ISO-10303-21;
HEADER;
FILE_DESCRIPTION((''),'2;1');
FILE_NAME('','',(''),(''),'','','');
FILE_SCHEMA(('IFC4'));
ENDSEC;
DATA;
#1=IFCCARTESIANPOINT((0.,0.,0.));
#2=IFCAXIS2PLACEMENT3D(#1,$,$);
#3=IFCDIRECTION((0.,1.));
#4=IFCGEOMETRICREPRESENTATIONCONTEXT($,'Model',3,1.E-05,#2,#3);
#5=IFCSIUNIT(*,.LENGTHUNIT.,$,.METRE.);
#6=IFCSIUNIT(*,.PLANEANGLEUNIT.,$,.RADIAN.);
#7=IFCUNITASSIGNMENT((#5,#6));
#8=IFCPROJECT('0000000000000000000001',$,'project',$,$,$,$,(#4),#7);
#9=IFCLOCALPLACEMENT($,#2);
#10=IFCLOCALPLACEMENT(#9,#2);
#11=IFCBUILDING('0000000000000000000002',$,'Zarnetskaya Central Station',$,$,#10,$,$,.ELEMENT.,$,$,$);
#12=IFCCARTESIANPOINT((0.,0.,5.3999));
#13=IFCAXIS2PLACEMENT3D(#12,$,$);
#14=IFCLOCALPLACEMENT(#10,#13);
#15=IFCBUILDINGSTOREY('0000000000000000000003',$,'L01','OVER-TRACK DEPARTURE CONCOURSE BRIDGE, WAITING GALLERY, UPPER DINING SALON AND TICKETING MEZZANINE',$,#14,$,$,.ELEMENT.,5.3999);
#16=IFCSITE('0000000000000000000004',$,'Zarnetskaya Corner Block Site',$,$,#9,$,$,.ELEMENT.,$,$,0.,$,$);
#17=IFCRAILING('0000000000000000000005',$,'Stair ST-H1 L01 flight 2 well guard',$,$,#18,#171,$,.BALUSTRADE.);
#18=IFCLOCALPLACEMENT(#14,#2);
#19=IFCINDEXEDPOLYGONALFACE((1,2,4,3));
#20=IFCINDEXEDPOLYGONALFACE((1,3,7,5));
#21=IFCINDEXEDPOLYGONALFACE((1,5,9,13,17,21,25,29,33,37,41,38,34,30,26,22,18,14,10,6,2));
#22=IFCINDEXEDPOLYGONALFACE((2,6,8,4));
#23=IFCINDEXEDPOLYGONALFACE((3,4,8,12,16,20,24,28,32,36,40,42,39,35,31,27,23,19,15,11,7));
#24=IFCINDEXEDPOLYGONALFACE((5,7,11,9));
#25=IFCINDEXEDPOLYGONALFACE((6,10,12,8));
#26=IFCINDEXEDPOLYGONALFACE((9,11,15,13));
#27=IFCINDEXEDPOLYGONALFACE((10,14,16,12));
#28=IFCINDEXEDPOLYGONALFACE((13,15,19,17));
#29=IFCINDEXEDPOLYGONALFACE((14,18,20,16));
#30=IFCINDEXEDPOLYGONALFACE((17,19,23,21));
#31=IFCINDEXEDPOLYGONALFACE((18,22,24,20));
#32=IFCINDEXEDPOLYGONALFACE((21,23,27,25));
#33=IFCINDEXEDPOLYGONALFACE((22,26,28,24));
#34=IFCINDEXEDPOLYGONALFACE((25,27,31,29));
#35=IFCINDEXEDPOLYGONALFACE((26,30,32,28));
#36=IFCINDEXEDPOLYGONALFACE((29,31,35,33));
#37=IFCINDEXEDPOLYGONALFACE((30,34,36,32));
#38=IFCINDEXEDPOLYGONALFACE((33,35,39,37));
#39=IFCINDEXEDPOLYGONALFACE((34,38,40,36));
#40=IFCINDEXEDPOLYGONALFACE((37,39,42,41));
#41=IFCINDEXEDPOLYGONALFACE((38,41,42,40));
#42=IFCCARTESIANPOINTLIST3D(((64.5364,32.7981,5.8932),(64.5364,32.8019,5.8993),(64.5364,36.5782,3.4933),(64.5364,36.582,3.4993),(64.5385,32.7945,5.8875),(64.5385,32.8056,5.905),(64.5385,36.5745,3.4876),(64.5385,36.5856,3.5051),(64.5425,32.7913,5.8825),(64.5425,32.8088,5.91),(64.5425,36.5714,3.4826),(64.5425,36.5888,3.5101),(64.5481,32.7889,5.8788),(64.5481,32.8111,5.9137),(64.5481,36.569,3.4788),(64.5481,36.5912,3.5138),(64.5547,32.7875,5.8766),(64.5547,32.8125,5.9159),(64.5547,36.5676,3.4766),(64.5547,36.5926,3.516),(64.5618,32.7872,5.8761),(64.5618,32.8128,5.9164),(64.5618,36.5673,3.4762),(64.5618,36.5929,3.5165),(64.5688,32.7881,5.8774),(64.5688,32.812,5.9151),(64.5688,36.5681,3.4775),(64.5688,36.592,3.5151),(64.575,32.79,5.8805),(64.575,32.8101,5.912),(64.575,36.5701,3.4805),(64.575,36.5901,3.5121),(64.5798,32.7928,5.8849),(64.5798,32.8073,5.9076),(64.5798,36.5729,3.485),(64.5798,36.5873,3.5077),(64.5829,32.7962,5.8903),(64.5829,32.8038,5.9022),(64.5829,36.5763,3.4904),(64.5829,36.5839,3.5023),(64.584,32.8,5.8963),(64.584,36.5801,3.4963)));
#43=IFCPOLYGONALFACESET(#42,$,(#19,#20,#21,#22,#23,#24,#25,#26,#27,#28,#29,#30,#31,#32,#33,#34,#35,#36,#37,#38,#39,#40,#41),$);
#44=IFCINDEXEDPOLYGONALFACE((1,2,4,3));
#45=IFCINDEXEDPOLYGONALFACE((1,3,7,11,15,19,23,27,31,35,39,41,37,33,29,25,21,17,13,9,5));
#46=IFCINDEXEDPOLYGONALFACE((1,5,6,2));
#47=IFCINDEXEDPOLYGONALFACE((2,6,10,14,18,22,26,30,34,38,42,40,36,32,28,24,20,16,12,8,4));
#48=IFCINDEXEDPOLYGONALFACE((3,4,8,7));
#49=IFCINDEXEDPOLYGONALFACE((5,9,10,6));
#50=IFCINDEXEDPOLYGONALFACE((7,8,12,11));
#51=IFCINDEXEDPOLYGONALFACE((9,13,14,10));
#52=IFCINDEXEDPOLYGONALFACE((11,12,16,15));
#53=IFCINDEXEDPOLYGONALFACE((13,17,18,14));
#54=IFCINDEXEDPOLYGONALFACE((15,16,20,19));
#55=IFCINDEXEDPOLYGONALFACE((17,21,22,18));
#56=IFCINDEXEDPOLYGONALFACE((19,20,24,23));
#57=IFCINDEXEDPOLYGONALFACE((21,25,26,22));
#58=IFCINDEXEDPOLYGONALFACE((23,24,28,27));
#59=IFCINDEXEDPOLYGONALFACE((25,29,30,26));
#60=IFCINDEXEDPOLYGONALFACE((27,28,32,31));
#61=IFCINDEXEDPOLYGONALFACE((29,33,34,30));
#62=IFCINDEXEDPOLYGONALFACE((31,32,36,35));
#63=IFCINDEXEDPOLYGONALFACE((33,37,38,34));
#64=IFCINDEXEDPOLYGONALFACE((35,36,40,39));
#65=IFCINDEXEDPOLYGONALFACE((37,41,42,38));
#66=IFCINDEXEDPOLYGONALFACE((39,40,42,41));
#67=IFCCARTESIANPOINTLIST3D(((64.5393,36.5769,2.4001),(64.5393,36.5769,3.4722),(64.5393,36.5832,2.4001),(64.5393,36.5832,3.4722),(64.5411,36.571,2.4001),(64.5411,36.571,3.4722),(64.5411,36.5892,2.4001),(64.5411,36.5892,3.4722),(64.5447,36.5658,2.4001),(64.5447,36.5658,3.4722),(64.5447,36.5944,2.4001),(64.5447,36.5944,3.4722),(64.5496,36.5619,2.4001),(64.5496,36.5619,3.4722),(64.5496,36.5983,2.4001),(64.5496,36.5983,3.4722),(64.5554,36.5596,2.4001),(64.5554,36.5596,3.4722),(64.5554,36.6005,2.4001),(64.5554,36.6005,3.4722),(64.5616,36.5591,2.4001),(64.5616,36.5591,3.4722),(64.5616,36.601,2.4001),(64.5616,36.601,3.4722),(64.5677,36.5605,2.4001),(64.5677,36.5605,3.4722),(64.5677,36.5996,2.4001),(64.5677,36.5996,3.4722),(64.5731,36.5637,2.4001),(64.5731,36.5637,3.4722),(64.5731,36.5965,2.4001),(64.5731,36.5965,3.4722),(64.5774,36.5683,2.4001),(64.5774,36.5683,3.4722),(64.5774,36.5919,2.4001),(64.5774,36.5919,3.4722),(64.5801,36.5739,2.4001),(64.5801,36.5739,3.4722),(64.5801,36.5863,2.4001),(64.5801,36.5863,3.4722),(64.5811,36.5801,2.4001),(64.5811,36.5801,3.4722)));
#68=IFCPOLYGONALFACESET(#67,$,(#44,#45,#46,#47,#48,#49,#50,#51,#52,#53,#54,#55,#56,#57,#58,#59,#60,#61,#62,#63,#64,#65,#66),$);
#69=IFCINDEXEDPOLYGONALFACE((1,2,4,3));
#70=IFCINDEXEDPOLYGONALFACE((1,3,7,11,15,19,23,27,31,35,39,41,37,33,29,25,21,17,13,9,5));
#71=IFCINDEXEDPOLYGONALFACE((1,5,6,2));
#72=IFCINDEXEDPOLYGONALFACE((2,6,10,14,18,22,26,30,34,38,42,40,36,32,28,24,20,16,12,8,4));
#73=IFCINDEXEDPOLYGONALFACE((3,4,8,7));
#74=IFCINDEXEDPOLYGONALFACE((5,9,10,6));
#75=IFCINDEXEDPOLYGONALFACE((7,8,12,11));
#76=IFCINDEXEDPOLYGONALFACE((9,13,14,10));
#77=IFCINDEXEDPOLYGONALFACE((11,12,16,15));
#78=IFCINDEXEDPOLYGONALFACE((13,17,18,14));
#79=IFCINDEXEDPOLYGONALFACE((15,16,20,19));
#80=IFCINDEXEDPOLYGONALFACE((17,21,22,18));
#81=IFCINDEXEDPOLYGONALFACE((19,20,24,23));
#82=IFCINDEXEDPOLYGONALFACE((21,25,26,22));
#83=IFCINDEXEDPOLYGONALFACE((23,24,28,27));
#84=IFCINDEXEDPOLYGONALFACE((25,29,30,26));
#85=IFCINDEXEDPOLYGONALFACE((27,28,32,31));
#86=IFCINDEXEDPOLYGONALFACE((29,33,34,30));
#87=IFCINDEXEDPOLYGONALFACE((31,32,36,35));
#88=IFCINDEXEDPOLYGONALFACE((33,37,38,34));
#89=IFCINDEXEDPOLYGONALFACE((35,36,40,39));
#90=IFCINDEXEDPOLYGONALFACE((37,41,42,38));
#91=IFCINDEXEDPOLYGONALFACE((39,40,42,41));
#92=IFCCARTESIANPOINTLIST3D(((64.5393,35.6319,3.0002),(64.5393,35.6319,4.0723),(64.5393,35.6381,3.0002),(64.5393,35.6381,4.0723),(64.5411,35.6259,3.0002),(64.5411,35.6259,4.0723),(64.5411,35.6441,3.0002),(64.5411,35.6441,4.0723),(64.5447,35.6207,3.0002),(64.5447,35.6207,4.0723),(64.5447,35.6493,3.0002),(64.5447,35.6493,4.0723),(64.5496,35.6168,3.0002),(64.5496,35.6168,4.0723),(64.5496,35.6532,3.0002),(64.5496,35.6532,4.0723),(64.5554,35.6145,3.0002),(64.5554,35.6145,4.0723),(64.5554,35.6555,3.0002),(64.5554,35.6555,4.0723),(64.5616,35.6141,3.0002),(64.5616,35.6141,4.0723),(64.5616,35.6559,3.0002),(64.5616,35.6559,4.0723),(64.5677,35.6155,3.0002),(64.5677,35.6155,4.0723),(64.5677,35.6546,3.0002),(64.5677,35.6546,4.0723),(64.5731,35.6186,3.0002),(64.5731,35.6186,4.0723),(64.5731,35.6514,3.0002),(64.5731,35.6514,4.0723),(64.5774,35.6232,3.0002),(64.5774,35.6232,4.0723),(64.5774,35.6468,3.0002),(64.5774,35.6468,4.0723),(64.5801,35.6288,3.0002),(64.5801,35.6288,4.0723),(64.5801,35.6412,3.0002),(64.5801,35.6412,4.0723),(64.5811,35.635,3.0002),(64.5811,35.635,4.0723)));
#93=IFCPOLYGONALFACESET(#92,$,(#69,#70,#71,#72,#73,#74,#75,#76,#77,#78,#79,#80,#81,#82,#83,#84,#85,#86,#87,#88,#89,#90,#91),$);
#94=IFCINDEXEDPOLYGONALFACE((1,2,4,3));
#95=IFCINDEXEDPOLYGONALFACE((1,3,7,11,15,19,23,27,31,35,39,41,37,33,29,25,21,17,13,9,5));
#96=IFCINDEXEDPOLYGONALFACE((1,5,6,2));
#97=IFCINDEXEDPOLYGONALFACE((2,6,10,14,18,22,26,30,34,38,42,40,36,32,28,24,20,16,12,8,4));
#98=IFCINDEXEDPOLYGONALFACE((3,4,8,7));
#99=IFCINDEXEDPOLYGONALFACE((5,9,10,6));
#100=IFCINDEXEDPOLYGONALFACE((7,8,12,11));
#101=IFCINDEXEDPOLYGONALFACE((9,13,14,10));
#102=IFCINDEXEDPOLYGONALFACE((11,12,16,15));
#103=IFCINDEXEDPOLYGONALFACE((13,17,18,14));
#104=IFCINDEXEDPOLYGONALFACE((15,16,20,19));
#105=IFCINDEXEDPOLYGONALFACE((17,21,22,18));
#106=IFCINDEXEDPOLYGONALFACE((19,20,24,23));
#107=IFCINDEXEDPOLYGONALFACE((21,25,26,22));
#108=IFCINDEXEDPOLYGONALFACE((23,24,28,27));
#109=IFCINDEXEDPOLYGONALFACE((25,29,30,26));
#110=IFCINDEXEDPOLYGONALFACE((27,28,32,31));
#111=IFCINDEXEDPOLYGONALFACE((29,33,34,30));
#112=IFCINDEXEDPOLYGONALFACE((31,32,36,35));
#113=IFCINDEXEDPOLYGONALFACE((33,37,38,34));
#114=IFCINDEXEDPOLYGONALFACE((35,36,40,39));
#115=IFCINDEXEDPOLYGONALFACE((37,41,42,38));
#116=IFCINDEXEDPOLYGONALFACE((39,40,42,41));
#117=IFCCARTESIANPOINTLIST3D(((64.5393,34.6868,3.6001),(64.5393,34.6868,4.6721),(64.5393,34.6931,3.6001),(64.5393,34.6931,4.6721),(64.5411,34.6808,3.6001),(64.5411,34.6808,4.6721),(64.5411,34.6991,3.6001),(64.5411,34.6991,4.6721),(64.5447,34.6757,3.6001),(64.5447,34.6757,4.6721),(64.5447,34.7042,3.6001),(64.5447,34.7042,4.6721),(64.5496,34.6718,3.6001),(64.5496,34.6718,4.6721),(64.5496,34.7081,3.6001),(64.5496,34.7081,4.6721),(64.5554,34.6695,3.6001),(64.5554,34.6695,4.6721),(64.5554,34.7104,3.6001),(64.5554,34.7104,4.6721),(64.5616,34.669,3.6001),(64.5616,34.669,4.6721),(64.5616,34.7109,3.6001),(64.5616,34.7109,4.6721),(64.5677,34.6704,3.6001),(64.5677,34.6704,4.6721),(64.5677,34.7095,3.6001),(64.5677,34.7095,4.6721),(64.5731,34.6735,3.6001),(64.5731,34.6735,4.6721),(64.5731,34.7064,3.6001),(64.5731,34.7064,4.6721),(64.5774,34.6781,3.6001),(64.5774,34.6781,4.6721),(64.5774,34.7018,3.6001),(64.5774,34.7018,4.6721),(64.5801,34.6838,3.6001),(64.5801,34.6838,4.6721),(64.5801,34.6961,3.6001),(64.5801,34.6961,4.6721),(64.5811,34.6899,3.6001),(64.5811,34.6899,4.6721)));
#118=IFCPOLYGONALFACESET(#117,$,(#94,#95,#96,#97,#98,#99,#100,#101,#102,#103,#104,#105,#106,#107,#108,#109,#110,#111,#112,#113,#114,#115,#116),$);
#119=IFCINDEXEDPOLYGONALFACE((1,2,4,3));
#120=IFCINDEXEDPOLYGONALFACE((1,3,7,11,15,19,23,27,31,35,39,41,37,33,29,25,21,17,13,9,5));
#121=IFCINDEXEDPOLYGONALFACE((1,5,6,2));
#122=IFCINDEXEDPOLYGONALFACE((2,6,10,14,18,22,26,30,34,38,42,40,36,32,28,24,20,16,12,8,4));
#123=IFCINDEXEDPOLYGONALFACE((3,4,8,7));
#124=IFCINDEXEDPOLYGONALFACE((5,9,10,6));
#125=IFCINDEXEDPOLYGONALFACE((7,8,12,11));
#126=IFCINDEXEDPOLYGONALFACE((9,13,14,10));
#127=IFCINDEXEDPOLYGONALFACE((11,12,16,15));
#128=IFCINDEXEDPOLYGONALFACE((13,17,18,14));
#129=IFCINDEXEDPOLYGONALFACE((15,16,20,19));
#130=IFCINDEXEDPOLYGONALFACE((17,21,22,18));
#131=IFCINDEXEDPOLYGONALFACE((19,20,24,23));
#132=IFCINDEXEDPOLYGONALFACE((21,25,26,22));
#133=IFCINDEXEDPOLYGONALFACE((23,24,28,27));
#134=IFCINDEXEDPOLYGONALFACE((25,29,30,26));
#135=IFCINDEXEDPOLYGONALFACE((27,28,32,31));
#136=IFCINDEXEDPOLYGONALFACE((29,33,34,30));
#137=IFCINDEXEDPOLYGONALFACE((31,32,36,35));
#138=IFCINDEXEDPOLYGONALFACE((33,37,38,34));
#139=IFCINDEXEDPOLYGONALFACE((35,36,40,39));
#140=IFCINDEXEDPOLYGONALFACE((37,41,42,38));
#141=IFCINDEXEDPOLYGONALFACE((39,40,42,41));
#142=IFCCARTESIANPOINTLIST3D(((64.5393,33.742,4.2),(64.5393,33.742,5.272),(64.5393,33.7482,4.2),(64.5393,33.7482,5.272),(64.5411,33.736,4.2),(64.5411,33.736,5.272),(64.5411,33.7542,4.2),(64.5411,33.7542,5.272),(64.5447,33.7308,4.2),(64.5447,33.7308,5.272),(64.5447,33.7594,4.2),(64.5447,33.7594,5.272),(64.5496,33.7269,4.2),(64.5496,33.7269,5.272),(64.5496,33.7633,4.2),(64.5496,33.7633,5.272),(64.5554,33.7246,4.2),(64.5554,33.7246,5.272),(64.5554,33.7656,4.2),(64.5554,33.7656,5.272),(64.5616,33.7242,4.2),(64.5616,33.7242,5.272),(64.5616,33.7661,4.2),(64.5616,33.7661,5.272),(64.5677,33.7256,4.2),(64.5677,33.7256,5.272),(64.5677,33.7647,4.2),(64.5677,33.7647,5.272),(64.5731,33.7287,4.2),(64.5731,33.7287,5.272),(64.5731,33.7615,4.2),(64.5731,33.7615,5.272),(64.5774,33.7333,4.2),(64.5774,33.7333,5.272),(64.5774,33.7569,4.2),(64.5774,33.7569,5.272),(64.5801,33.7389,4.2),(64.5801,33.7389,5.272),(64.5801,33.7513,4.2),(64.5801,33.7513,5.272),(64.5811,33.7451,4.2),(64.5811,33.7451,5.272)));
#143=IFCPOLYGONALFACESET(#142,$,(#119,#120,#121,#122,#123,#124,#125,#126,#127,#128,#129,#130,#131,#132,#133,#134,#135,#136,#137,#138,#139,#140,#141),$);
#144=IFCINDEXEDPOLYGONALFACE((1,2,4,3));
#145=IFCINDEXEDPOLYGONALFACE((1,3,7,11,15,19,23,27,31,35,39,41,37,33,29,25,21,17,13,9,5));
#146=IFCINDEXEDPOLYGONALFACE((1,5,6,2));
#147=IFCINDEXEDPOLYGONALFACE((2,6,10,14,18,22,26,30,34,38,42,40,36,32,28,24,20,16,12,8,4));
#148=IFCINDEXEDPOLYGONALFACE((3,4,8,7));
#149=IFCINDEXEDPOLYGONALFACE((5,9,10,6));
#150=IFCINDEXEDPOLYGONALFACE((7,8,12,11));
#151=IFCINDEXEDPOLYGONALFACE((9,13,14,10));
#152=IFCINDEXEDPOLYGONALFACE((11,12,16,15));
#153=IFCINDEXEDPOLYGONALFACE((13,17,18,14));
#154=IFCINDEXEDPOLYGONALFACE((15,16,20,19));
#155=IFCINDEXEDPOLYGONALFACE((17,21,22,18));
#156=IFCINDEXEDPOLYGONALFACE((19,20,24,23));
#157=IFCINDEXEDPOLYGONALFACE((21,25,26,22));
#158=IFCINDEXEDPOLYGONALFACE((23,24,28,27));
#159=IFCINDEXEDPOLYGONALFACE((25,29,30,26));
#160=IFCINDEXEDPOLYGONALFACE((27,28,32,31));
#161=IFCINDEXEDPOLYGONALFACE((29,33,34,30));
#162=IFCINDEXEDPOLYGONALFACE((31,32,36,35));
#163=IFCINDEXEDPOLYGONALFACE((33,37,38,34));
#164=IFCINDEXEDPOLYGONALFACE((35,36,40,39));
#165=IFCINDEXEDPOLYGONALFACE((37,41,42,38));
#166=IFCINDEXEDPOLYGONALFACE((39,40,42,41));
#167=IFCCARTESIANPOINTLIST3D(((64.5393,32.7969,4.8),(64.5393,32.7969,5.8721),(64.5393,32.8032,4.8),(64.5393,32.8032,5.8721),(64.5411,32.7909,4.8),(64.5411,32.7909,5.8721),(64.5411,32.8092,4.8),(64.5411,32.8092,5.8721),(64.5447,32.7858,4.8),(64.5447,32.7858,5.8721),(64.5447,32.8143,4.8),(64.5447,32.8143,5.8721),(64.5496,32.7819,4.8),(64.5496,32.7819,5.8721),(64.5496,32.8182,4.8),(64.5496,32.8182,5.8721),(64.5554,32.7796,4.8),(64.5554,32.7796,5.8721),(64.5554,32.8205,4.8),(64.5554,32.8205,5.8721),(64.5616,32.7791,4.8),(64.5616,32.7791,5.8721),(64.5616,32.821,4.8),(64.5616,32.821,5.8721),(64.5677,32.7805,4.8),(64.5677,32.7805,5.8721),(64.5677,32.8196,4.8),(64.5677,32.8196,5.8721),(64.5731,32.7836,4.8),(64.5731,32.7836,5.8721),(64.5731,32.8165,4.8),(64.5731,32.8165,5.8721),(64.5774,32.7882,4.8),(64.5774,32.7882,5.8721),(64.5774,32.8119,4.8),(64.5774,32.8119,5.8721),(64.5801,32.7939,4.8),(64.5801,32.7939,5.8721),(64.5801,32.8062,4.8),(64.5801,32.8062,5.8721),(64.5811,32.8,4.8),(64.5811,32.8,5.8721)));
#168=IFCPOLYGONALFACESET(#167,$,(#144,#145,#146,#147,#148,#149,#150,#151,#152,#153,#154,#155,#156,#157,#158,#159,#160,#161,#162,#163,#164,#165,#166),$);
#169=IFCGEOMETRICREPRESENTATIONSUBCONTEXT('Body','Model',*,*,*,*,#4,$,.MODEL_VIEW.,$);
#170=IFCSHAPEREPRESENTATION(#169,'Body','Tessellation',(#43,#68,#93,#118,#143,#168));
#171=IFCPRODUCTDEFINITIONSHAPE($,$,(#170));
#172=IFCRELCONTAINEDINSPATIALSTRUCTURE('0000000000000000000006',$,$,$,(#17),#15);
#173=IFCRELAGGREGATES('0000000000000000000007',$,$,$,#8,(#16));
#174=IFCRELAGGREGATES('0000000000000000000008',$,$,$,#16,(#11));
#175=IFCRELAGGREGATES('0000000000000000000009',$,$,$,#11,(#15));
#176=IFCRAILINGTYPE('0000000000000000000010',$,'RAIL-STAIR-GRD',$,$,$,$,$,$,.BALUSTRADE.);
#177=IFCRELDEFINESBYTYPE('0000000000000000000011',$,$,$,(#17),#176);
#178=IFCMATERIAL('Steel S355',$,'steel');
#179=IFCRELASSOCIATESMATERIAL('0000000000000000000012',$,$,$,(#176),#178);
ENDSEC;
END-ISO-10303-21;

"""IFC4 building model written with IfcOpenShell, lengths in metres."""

from ifc_helpers import new_model, si_unit, direction, frame, origin, origin_2d, place, context, subcontext, project, spatial, circle, extrude, material, type_object, element, save


model = new_model("IFC4")

# Units and contexts
model_context = context("Model", 3, precision=1e-05, world=origin(), true_north=direction((0.0, 1.0)))
body_context = subcontext(model_context, "Body", "Model", "MODEL_VIEW")
ifc_project = project(units=[si_unit("LENGTHUNIT", "METRE"), si_unit("PLANEANGLEUNIT", "RADIAN")], contexts=[model_context])

# Site, building, storey
site_placement = place(None, origin())
site = spatial("IfcSite", under=ifc_project, at=site_placement, Name="Zarnetskaya Corner Block Site", CompositionType="ELEMENT", RefElevation=0.0)
building_placement = place(site_placement, origin())
building = spatial("IfcBuilding", under=site, at=building_placement, Name="Zarnetskaya Central Station", CompositionType="ELEMENT")
storey_placement = place(building_placement, frame((0.0, 0.0, 5.3999)))
storey = spatial("IfcBuildingStorey", under=building, at=storey_placement, Name="L01", Description="OVER-TRACK DEPARTURE CONCOURSE BRIDGE, WAITING GALLERY, UPPER DINING SALON AND TICKETING MEZZANINE", CompositionType="ELEMENT", Elevation=5.3999)

# Shared definitions
ifc_material_1 = material(Name="Steel S355", Category="steel")

# Railing
railing_type_1 = type_object("IfcRailingType", Name="RAIL-STAIR-GRD", PredefinedType="BALUSTRADE", material=ifc_material_1)
railing_1_placement = place(storey_placement, frame((64.5601, 36.5801, 2.4001)))
element("IfcRailing", 1, at=railing_1_placement, inside=storey, type_object=railing_type_1, Name="Stair ST-H1 L01 flight 2 well guard", PredefinedType="BALUSTRADE", context=body_context, shape_type="SweptSolid", body=[
    extrude(circle(Radius=0.0239, at=origin_2d()), frame((0.0, 0.0, 1.0962), z_axis=(0.0, -0.844225, 0.53599), x_axis=(1.0, 0.0, 0.0)), (0.0, 0.0, 1.0), 4.4775),
    extrude(circle(Radius=0.021, at=origin_2d()), origin(), (0.0, 0.0, 1.0), 1.072),
    extrude(circle(Radius=0.021, at=origin_2d()), frame((0.0, -0.9451, 0.6001)), (0.0, 0.0, 1.0), 1.072),
    extrude(circle(Radius=0.021, at=origin_2d()), frame((0.0, -1.8901, 1.2)), (0.0, 0.0, 1.0), 1.072),
    extrude(circle(Radius=0.021, at=origin_2d()), frame((0.0, -2.835, 1.7998)), (0.0, 0.0, 1.0), 1.072),
    extrude(circle(Radius=0.021, at=origin_2d()), frame((0.0, -3.78, 2.3999)), (0.0, 0.0, 1.0), 1.072),
])

save(model, "model.ifc")
